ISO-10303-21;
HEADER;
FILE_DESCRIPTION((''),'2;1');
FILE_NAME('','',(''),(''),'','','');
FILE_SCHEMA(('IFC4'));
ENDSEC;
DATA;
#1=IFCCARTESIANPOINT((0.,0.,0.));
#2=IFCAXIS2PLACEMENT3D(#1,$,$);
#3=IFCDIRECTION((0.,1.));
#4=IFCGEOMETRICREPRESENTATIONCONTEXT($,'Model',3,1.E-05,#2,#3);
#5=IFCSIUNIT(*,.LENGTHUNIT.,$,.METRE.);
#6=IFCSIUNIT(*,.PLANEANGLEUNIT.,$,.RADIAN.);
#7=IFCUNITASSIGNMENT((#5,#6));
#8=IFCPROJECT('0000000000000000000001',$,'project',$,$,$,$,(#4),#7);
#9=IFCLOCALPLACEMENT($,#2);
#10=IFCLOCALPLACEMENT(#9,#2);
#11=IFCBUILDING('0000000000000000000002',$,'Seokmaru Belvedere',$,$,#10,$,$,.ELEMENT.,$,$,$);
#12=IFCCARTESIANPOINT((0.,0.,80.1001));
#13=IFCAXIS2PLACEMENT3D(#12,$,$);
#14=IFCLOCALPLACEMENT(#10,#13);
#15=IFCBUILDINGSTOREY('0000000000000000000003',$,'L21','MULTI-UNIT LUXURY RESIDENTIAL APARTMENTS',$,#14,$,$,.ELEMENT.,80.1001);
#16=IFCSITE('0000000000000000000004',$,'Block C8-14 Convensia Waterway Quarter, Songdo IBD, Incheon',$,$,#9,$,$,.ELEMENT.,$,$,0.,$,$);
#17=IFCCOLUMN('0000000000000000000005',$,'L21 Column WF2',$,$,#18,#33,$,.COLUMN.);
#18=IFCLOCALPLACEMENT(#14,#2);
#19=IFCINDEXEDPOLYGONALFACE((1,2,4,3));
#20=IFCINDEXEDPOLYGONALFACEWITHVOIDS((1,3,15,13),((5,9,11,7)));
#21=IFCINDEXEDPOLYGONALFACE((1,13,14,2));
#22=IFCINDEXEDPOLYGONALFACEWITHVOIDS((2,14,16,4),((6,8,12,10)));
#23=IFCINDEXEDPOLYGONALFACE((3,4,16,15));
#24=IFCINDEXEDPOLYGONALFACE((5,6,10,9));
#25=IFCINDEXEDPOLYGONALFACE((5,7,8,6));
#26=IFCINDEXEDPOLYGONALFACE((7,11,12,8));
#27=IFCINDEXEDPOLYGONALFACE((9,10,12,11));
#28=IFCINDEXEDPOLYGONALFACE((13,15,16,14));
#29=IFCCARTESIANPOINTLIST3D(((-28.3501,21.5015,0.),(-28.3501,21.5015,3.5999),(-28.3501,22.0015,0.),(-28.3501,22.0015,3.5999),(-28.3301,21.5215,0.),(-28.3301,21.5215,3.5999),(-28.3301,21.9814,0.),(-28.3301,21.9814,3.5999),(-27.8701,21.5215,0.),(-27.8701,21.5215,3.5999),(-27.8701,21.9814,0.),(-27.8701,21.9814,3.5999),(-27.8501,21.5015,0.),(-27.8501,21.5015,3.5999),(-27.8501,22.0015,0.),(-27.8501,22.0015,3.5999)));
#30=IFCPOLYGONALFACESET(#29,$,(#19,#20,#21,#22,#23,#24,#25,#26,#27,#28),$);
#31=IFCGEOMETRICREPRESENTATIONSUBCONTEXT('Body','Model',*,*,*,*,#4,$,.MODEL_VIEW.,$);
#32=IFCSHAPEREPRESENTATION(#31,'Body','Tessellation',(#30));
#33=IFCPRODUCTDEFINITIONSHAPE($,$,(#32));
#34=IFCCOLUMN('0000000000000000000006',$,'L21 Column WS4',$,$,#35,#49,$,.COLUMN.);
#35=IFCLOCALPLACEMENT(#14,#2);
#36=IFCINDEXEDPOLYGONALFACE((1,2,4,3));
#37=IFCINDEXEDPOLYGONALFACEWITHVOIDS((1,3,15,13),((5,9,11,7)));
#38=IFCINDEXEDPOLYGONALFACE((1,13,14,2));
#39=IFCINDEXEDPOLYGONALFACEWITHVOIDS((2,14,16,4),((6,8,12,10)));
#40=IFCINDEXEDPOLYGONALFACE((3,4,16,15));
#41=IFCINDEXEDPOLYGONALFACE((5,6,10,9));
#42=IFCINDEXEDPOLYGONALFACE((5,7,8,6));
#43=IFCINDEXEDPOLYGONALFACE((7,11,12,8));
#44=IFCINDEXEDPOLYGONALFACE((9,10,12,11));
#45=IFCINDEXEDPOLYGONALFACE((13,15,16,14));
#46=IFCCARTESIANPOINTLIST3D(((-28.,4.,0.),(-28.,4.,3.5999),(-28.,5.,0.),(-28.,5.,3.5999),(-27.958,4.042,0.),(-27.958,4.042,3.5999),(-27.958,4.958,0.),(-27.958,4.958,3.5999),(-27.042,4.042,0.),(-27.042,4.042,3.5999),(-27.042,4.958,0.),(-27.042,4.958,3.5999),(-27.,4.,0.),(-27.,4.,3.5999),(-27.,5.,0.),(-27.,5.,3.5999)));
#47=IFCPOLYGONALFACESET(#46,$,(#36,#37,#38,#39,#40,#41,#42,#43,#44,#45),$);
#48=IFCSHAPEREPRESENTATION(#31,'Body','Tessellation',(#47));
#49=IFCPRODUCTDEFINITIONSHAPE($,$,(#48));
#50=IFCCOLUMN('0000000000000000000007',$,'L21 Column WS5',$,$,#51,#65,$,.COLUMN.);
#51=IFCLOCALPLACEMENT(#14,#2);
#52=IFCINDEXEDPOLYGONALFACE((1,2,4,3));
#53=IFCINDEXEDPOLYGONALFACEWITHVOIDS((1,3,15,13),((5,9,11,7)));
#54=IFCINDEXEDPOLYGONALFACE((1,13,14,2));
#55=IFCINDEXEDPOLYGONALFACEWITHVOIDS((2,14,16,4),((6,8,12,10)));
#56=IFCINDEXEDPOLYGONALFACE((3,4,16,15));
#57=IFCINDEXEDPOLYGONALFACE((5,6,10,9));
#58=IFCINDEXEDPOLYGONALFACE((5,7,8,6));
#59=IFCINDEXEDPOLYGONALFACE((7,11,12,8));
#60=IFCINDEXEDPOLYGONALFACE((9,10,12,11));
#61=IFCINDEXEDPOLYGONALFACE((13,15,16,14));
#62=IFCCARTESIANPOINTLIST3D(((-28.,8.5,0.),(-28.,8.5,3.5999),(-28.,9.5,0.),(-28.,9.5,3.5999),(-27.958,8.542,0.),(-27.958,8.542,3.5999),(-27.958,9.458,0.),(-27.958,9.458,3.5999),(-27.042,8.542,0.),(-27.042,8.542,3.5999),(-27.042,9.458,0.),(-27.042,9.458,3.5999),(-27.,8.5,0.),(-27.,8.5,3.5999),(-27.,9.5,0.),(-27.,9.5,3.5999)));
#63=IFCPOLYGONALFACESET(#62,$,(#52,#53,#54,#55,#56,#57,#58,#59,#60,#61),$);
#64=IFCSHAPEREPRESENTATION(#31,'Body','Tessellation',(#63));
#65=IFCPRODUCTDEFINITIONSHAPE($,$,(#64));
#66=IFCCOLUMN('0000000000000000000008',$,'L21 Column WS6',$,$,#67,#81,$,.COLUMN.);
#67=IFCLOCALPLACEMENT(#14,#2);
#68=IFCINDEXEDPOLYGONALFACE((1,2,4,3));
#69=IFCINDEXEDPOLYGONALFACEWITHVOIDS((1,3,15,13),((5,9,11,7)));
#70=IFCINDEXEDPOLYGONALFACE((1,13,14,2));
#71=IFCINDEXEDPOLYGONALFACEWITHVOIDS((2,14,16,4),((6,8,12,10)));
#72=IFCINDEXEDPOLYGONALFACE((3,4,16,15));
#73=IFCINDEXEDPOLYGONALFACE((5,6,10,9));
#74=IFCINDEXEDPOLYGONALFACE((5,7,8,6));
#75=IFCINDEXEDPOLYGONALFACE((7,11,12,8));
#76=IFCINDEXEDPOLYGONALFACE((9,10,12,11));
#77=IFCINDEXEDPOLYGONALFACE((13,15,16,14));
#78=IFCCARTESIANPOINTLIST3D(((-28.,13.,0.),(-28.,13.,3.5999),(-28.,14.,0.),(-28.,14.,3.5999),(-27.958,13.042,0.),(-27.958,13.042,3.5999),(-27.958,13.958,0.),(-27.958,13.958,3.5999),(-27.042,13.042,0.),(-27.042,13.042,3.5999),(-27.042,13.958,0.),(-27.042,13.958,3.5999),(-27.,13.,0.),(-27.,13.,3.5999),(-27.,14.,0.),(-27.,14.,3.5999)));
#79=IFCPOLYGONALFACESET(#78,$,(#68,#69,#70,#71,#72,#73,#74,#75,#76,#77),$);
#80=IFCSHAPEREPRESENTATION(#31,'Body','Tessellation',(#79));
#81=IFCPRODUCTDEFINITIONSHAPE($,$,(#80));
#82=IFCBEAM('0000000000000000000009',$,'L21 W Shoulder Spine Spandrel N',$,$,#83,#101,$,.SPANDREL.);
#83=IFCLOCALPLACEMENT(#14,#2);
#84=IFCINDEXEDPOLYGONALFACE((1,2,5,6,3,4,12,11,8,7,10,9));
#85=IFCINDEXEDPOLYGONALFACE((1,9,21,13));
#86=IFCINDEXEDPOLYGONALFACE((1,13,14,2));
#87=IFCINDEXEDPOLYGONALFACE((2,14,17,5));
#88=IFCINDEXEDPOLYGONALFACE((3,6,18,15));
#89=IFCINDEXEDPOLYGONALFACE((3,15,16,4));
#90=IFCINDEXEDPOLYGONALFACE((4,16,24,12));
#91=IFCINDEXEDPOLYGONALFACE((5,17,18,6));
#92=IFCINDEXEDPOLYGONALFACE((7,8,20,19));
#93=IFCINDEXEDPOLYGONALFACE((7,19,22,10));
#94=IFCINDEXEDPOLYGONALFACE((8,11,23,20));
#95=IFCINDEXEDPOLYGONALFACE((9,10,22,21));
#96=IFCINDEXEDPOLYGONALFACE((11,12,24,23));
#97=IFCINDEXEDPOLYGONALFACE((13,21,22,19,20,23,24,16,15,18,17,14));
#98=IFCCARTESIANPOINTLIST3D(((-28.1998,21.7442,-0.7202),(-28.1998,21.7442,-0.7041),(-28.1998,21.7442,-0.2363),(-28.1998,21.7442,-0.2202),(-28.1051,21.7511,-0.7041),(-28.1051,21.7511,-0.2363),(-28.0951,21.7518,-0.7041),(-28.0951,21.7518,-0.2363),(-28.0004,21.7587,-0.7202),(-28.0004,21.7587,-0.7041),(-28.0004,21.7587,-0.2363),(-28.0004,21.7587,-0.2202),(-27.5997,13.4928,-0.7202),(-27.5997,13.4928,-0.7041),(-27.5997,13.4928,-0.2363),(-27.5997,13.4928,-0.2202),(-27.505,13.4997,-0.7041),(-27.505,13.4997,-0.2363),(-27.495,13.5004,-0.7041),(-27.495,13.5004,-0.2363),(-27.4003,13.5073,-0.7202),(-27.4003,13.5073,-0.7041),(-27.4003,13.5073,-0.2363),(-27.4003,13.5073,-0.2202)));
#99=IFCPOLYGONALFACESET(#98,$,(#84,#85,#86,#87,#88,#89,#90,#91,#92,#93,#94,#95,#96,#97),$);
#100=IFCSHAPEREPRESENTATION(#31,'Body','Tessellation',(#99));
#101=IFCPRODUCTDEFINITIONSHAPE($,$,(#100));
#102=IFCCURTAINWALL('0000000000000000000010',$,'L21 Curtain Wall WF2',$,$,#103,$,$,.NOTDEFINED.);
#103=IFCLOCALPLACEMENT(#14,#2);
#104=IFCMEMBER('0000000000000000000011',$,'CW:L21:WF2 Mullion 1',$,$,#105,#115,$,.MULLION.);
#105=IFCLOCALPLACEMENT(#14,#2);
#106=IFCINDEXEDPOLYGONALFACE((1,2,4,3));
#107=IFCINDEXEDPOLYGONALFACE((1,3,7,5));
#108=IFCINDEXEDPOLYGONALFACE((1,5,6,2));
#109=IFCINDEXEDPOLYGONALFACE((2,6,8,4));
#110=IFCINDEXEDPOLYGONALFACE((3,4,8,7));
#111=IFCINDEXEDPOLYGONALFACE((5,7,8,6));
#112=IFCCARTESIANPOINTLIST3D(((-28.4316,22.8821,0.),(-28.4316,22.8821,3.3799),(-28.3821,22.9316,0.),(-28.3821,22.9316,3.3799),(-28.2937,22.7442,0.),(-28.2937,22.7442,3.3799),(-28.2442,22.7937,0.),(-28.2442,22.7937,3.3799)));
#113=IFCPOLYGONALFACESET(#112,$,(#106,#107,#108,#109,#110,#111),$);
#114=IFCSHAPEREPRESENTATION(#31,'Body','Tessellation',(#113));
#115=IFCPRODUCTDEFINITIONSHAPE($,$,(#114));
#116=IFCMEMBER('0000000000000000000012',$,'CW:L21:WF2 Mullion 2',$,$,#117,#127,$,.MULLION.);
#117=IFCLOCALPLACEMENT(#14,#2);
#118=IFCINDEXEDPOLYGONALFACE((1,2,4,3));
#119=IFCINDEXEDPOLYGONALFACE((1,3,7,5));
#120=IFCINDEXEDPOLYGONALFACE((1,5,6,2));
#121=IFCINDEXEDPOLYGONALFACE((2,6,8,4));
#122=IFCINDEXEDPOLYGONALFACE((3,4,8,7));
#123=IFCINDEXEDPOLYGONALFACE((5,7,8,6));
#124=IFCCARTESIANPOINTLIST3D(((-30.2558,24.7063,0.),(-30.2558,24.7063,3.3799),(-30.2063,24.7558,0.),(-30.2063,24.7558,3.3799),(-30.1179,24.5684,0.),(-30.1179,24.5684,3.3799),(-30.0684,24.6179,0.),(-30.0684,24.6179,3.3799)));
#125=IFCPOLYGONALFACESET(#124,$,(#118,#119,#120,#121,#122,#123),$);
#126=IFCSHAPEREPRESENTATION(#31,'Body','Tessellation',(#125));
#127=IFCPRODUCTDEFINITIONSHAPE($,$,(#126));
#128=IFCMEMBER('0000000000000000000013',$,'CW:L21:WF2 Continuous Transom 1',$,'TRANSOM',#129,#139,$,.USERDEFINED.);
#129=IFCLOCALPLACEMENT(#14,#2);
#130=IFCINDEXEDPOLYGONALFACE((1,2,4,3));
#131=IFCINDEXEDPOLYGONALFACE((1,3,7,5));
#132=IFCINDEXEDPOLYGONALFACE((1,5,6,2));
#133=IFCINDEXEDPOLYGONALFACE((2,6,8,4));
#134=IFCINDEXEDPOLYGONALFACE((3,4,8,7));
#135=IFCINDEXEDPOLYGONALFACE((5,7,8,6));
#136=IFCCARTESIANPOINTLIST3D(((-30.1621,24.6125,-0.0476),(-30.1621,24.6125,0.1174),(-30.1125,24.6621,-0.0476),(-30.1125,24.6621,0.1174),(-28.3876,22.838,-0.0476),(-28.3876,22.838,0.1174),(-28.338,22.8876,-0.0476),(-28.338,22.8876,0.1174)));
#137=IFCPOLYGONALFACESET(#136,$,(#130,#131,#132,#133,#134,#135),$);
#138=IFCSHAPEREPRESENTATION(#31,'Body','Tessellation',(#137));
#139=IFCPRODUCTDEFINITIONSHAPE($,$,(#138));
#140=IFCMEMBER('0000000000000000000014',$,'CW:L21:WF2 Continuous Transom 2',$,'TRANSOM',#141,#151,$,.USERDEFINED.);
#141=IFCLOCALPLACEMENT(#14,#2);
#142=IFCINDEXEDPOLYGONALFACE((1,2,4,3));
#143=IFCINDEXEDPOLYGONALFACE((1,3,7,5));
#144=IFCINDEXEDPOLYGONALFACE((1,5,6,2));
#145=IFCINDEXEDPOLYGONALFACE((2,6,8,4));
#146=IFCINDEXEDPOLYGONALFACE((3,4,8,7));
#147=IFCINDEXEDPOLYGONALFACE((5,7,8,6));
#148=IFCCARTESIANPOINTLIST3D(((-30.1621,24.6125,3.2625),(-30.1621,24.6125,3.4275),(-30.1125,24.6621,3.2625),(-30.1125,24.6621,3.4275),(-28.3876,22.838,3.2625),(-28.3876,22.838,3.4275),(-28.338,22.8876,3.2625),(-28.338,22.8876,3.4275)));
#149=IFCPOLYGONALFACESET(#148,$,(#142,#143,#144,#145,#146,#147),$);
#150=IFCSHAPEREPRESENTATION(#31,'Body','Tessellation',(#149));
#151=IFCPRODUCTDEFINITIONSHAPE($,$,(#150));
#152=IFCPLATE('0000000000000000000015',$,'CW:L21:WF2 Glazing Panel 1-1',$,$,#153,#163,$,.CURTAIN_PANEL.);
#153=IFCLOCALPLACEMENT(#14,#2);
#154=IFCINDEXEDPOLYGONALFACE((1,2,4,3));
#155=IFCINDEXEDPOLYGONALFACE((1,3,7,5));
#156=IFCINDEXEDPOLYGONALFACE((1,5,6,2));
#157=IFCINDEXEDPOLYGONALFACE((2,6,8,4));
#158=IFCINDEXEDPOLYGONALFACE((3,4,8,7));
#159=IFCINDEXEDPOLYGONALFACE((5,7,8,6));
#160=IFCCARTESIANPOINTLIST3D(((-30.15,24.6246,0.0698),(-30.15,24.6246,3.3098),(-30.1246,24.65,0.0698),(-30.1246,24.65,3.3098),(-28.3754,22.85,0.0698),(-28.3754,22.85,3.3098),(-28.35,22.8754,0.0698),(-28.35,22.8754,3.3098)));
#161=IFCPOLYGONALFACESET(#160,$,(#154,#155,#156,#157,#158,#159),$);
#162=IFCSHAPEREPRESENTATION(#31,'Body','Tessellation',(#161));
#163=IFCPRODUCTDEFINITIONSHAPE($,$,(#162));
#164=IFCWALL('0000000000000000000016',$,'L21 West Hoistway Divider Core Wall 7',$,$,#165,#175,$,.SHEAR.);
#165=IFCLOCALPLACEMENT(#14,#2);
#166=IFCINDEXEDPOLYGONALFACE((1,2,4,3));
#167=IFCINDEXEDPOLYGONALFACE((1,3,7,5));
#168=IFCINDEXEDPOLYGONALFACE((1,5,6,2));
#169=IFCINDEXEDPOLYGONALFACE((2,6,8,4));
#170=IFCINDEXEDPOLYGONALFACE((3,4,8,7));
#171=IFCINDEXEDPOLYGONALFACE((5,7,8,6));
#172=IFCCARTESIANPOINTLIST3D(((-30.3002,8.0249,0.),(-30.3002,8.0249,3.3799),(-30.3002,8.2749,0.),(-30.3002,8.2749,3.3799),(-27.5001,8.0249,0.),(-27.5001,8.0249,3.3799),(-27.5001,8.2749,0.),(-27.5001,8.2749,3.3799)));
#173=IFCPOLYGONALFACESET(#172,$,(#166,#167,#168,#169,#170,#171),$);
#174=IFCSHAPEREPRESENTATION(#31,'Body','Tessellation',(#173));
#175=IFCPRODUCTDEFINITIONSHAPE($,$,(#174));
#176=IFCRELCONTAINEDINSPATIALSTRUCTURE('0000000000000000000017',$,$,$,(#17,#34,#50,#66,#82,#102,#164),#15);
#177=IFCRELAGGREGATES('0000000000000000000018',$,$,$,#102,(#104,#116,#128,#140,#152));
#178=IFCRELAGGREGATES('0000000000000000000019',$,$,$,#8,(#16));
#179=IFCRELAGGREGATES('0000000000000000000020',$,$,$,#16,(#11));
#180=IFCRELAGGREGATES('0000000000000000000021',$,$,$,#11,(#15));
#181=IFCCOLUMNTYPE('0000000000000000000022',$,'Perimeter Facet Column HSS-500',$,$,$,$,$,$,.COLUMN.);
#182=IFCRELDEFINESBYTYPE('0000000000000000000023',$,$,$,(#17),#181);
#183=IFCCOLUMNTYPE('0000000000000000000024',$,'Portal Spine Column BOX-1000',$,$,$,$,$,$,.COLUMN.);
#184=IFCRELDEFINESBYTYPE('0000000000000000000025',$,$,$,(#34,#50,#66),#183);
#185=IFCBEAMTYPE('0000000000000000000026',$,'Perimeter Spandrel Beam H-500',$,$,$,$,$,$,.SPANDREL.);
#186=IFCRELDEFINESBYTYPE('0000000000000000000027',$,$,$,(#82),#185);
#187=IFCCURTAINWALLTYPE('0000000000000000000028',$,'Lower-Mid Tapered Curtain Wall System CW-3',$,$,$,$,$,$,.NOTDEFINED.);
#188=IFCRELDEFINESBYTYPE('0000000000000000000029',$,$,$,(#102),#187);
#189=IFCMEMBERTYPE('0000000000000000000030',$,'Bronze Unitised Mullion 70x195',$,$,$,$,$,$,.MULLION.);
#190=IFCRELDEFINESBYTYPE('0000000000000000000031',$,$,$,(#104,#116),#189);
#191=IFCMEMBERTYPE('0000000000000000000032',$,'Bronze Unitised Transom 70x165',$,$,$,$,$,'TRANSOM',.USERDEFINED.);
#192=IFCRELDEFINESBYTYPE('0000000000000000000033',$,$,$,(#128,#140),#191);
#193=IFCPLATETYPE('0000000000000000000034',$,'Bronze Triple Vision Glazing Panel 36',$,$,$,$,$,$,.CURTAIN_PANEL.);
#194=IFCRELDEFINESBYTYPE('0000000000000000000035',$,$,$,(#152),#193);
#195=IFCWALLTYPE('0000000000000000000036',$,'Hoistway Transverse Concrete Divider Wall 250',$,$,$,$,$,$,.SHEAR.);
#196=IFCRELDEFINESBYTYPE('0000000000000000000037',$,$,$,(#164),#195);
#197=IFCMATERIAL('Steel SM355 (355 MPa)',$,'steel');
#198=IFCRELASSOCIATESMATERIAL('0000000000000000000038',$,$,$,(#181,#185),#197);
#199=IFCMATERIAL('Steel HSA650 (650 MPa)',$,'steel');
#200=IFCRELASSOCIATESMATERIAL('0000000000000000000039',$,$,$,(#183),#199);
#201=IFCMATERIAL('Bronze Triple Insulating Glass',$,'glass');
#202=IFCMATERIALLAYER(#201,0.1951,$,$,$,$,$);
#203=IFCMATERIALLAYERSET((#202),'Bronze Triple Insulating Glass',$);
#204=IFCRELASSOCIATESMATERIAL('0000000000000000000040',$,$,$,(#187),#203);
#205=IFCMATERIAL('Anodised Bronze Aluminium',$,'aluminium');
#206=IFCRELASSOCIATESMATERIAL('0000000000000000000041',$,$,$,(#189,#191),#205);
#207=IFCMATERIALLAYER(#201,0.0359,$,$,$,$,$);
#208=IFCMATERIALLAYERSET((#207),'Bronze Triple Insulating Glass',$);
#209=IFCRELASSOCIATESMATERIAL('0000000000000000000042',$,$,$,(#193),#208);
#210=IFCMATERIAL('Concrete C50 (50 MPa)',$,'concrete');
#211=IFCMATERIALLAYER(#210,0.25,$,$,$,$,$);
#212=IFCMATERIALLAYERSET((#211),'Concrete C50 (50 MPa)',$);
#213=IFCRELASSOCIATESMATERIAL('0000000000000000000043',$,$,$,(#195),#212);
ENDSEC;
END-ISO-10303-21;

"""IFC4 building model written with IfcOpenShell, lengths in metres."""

from ifc_helpers import new_model, si_unit, direction, frame, frame_2d, origin, origin_2d, place, context, subcontext, project, spatial, rectangle, hollow_rectangle, i_section, extrude, source, transform, mapped, material, layer, layer_set, material_profile, profile_set, type_object, type_shapes, element, aggregate, save


model = new_model("IFC4")

# Units and contexts
model_context = context("Model", 3, precision=1e-05, world=origin(), true_north=direction((0.0, 1.0)))
body_context = subcontext(model_context, "Body", "Model", "MODEL_VIEW")
ifc_project = project(units=[si_unit("LENGTHUNIT", "METRE"), si_unit("PLANEANGLEUNIT", "RADIAN")], contexts=[model_context])

# Site, building, storey
site_placement = place(None, origin())
site = spatial("IfcSite", under=ifc_project, at=site_placement, Name="Block C8-14 Convensia Waterway Quarter, Songdo IBD, Incheon", CompositionType="ELEMENT", RefElevation=0.0)
building_placement = place(site_placement, origin())
building = spatial("IfcBuilding", under=site, at=building_placement, Name="Seokmaru Belvedere", CompositionType="ELEMENT")
storey_placement = place(building_placement, frame((0.0, 0.0, 80.1001)))
storey = spatial("IfcBuildingStorey", under=building, at=storey_placement, Name="L21", Description="MULTI-UNIT LUXURY RESIDENTIAL APARTMENTS", CompositionType="ELEMENT", Elevation=80.1001)

# Columns
ifc_material_1 = material(Name="Steel SM355 (355 MPa)", Category="steel")
ifc_material_profile_1 = material_profile(ifc_material_1, hollow_rectangle(XDim=0.5, YDim=0.5, WallThickness=0.02, at=origin_2d()), Name="HSS-500x500x20")
ifc_profile_set_1 = profile_set([ifc_material_profile_1], Name="Steel SM355 (355 MPa)")
column_type_1 = type_object("IfcColumnType", Name="Perimeter Facet Column HSS-500", PredefinedType="COLUMN", material=ifc_profile_set_1)
shared_shape_1 = source(origin(), body_context, "Body", "SweptSolid", [
    extrude(hollow_rectangle(XDim=0.5, YDim=0.5, WallThickness=0.02, at=origin_2d()), origin(), (0.0, 0.0, 1.0), 3.5999),
])
type_shapes(column_type_1, [shared_shape_1])
column_placement = place(storey_placement, frame((-28.1001, 21.7515, 0.0), z_axis=(0.0, 0.0, 1.0), x_axis=(1.0, 0.0, 0.0)))
element("IfcColumn", 1, at=column_placement, inside=storey, type_object=column_type_1, Name="L21 Column WF2", PredefinedType="COLUMN", context=body_context, shape_type="MappedRepresentation", body=[
    mapped(shared_shape_1, transform((0.0, 0.0, 0.0), scale=1.0)),
])
ifc_material_2 = material(Name="Steel HSA650 (650 MPa)", Category="steel")
ifc_material_profile_2 = material_profile(ifc_material_2, hollow_rectangle(XDim=1.0, YDim=1.0, WallThickness=0.042, at=origin_2d()), Name="BOX-1000x1000x42")
ifc_profile_set_2 = profile_set([ifc_material_profile_2], Name="Steel HSA650 (650 MPa)")
column_type_2 = type_object("IfcColumnType", Name="Portal Spine Column BOX-1000", PredefinedType="COLUMN", material=ifc_profile_set_2)
shared_shape_2 = source(origin(), body_context, "Body", "SweptSolid", [
    extrude(hollow_rectangle(XDim=1.0, YDim=1.0, WallThickness=0.042, at=origin_2d()), origin(), (0.0, 0.0, 1.0), 3.5999),
])
type_shapes(column_type_2, [shared_shape_2])
for number, where, z_axis, x_axis, name in (
    (2, (-27.5, 4.5, 0.0), (0.0, 0.0, 1.0), (1.0, 0.0, 0.0), "L21 Column WS4"),
    (3, (-27.5, 9.0, 0.0), (0.0, 0.0, 1.0), (1.0, 0.0, 0.0), "L21 Column WS5"),
    (4, (-27.5, 13.5, 0.0), (0.0, 0.0, 1.0), (1.0, 0.0, 0.0), "L21 Column WS6"),
):
    element("IfcColumn", number, at=place(storey_placement, frame(where, z_axis=z_axis, x_axis=x_axis)), inside=storey, type_object=column_type_2, Name=name, PredefinedType="COLUMN", context=body_context, shape_type="MappedRepresentation", body=[
        mapped(shared_shape_2, transform((0.0, 0.0, 0.0), scale=1.0)),
    ])

# Beam
ifc_material_profile_3 = material_profile(ifc_material_1, i_section(OverallWidth=0.2, OverallDepth=0.5, WebThickness=0.01, FlangeThickness=0.0161, at=origin_2d()), Name="H-500x200x10x16")
ifc_profile_set_3 = profile_set([ifc_material_profile_3], Name="Steel SM355 (355 MPa)")
beam_type = type_object("IfcBeamType", Name="Perimeter Spandrel Beam H-500", PredefinedType="SPANDREL", material=ifc_profile_set_3)
shared_shape_3 = source(origin(), body_context, "Body", "SweptSolid", [
    extrude(i_section(OverallWidth=0.2, OverallDepth=0.5, WebThickness=0.01, FlangeThickness=0.0161, at=origin_2d()), origin(), (0.0, 0.0, 1.0), 8.2732),
])
type_shapes(beam_type, [shared_shape_3])
beam_placement = place(storey_placement, frame((-28.1001, 21.7515, -0.4702), z_axis=(0.072535, -0.997366, 0.0), x_axis=(0.997366, 0.072535, 0.0)))
element("IfcBeam", 5, at=beam_placement, inside=storey, type_object=beam_type, Name="L21 W Shoulder Spine Spandrel N", PredefinedType="SPANDREL", context=body_context, shape_type="MappedRepresentation", body=[
    mapped(shared_shape_3, transform((0.0, 0.0, 0.0), scale=1.0)),
])

# Curtain wall, members, plate
ifc_material_3 = material(Name="Bronze Triple Insulating Glass", Category="glass")
ifc_layer_1 = layer(ifc_material_3, 0.1951)
ifc_layer_set_1 = layer_set([ifc_layer_1], Name="Bronze Triple Insulating Glass")
curtain_wall_type = type_object("IfcCurtainWallType", Name="Lower-Mid Tapered Curtain Wall System CW-3", PredefinedType="NOTDEFINED", material=ifc_layer_set_1)
curtain_wall_placement = place(storey_placement, origin())
curtain_wall = element("IfcCurtainWall", 6, at=curtain_wall_placement, inside=storey, type_object=curtain_wall_type, Name="L21 Curtain Wall WF2", PredefinedType="NOTDEFINED")
ifc_material_4 = material(Name="Anodised Bronze Aluminium", Category="aluminium")
ifc_material_profile_4 = material_profile(ifc_material_4, rectangle(XDim=0.0701, YDim=0.1951, at=origin_2d()), Name="CW-M-70x195")
ifc_profile_set_4 = profile_set([ifc_material_profile_4], Name="Anodised Bronze Aluminium")
member_type_1 = type_object("IfcMemberType", Name="Bronze Unitised Mullion 70x195", PredefinedType="MULLION", material=ifc_profile_set_4)
shared_shape_4 = source(origin(), body_context, "Body", "SweptSolid", [
    extrude(rectangle(XDim=0.0701, YDim=0.1951, at=origin_2d()), origin(), (0.0, 0.0, 1.0), 3.3799),
])
type_shapes(member_type_1, [shared_shape_4])
member_1_placement = place(storey_placement, frame((-28.3379, 22.8379, 0.0), z_axis=(0.0, 0.0, 1.0), x_axis=(-0.707107, -0.707107, 0.0)))
member_1 = element("IfcMember", 7, at=member_1_placement, type_object=member_type_1, Name="CW:L21:WF2 Mullion 1", PredefinedType="MULLION", context=body_context, shape_type="MappedRepresentation", body=[
    mapped(shared_shape_4, transform((0.0, 0.0, 0.0), scale=1.0)),
])
member_2_placement = place(storey_placement, frame((-30.1621, 24.6621, 0.0), z_axis=(0.0, 0.0, 1.0), x_axis=(-0.707107, -0.707107, 0.0)))
member_2 = element("IfcMember", 8, at=member_2_placement, type_object=member_type_1, Name="CW:L21:WF2 Mullion 2", PredefinedType="MULLION", context=body_context, shape_type="MappedRepresentation", body=[
    mapped(shared_shape_4, transform((0.0, 0.0, 0.0), scale=1.0)),
])
ifc_material_profile_5 = material_profile(ifc_material_4, rectangle(XDim=0.0701, YDim=0.165, at=origin_2d()), Name="CW-T-70x165")
ifc_profile_set_5 = profile_set([ifc_material_profile_5], Name="Anodised Bronze Aluminium")
member_type_2 = type_object("IfcMemberType", Name="Bronze Unitised Transom 70x165", ElementType="TRANSOM", PredefinedType="USERDEFINED", material=ifc_profile_set_5)
shared_shape_5 = source(origin(), body_context, "Body", "SweptSolid", [
    extrude(rectangle(XDim=0.0701, YDim=0.165, at=origin_2d()), origin(), (0.0, 0.0, 1.0), 2.5095),
])
type_shapes(member_type_2, [shared_shape_5])
member_3_placement = place(storey_placement, frame((-28.3628, 22.8628, 0.0349), z_axis=(-0.707107, 0.707107, 0.0), x_axis=(-0.707107, -0.707107, 0.0)))
member_3 = element("IfcMember", 9, at=member_3_placement, type_object=member_type_2, Name="CW:L21:WF2 Continuous Transom 1", ObjectType="TRANSOM", PredefinedType="USERDEFINED", context=body_context, shape_type="MappedRepresentation", body=[
    mapped(shared_shape_5, transform((0.0, 0.0, 0.0), scale=1.0)),
])
member_4_placement = place(storey_placement, frame((-28.3628, 22.8628, 3.345), z_axis=(-0.707107, 0.707107, 0.0), x_axis=(-0.707107, -0.707107, 0.0)))
member_4 = element("IfcMember", 10, at=member_4_placement, type_object=member_type_2, Name="CW:L21:WF2 Continuous Transom 2", ObjectType="TRANSOM", PredefinedType="USERDEFINED", context=body_context, shape_type="MappedRepresentation", body=[
    mapped(shared_shape_5, transform((0.0, 0.0, 0.0), scale=1.0)),
])
ifc_layer_2 = layer(ifc_material_3, 0.0359)
ifc_layer_set_2 = layer_set([ifc_layer_2], Name="Bronze Triple Insulating Glass")
plate_type = type_object("IfcPlateType", Name="Bronze Triple Vision Glazing Panel 36", PredefinedType="CURTAIN_PANEL", material=ifc_layer_set_2)
shared_shape_6 = source(origin(), body_context, "Body", "SweptSolid", [
    extrude(rectangle(XDim=2.5098, YDim=0.0359, at=origin_2d()), origin(), (0.0, 0.0, 1.0), 3.24),
])
type_shapes(plate_type, [shared_shape_6])
plate_placement = place(storey_placement, frame((-29.25, 23.75, 0.0698), z_axis=(0.0, 0.0, 1.0), x_axis=(-0.707107, 0.707107, 0.0)))
plate = element("IfcPlate", 11, at=plate_placement, type_object=plate_type, Name="CW:L21:WF2 Glazing Panel 1-1", PredefinedType="CURTAIN_PANEL", context=body_context, shape_type="MappedRepresentation", body=[
    mapped(shared_shape_6, transform((0.0, 0.0, 0.0), scale=1.0)),
])
aggregate(curtain_wall, [member_1, member_2, member_3, member_4, plate])

# Wall
ifc_material_5 = material(Name="Concrete C50 (50 MPa)", Category="concrete")
ifc_layer_3 = layer(ifc_material_5, 0.25)
ifc_layer_set_3 = layer_set([ifc_layer_3], Name="Concrete C50 (50 MPa)")
wall_type_1 = type_object("IfcWallType", Name="Hoistway Transverse Concrete Divider Wall 250", PredefinedType="SHEAR", material=ifc_layer_set_3)
wall_1_placement = place(storey_placement, frame((-30.3, 8.1499, 0.0), z_axis=(0.0, 0.0, 1.0), x_axis=(1.0, 0.0, 0.0)))
element("IfcWall", 12, at=wall_1_placement, inside=storey, type_object=wall_type_1, Name="L21 West Hoistway Divider Core Wall 7", PredefinedType="SHEAR", context=body_context, shape_type="SweptSolid", body=[
    extrude(rectangle(XDim=2.8, YDim=0.25, at=frame_2d((1.3999, 0.0))), origin(), (0.0, 0.0, 1.0), 3.3799),
])

save(model, "model.ifc")
